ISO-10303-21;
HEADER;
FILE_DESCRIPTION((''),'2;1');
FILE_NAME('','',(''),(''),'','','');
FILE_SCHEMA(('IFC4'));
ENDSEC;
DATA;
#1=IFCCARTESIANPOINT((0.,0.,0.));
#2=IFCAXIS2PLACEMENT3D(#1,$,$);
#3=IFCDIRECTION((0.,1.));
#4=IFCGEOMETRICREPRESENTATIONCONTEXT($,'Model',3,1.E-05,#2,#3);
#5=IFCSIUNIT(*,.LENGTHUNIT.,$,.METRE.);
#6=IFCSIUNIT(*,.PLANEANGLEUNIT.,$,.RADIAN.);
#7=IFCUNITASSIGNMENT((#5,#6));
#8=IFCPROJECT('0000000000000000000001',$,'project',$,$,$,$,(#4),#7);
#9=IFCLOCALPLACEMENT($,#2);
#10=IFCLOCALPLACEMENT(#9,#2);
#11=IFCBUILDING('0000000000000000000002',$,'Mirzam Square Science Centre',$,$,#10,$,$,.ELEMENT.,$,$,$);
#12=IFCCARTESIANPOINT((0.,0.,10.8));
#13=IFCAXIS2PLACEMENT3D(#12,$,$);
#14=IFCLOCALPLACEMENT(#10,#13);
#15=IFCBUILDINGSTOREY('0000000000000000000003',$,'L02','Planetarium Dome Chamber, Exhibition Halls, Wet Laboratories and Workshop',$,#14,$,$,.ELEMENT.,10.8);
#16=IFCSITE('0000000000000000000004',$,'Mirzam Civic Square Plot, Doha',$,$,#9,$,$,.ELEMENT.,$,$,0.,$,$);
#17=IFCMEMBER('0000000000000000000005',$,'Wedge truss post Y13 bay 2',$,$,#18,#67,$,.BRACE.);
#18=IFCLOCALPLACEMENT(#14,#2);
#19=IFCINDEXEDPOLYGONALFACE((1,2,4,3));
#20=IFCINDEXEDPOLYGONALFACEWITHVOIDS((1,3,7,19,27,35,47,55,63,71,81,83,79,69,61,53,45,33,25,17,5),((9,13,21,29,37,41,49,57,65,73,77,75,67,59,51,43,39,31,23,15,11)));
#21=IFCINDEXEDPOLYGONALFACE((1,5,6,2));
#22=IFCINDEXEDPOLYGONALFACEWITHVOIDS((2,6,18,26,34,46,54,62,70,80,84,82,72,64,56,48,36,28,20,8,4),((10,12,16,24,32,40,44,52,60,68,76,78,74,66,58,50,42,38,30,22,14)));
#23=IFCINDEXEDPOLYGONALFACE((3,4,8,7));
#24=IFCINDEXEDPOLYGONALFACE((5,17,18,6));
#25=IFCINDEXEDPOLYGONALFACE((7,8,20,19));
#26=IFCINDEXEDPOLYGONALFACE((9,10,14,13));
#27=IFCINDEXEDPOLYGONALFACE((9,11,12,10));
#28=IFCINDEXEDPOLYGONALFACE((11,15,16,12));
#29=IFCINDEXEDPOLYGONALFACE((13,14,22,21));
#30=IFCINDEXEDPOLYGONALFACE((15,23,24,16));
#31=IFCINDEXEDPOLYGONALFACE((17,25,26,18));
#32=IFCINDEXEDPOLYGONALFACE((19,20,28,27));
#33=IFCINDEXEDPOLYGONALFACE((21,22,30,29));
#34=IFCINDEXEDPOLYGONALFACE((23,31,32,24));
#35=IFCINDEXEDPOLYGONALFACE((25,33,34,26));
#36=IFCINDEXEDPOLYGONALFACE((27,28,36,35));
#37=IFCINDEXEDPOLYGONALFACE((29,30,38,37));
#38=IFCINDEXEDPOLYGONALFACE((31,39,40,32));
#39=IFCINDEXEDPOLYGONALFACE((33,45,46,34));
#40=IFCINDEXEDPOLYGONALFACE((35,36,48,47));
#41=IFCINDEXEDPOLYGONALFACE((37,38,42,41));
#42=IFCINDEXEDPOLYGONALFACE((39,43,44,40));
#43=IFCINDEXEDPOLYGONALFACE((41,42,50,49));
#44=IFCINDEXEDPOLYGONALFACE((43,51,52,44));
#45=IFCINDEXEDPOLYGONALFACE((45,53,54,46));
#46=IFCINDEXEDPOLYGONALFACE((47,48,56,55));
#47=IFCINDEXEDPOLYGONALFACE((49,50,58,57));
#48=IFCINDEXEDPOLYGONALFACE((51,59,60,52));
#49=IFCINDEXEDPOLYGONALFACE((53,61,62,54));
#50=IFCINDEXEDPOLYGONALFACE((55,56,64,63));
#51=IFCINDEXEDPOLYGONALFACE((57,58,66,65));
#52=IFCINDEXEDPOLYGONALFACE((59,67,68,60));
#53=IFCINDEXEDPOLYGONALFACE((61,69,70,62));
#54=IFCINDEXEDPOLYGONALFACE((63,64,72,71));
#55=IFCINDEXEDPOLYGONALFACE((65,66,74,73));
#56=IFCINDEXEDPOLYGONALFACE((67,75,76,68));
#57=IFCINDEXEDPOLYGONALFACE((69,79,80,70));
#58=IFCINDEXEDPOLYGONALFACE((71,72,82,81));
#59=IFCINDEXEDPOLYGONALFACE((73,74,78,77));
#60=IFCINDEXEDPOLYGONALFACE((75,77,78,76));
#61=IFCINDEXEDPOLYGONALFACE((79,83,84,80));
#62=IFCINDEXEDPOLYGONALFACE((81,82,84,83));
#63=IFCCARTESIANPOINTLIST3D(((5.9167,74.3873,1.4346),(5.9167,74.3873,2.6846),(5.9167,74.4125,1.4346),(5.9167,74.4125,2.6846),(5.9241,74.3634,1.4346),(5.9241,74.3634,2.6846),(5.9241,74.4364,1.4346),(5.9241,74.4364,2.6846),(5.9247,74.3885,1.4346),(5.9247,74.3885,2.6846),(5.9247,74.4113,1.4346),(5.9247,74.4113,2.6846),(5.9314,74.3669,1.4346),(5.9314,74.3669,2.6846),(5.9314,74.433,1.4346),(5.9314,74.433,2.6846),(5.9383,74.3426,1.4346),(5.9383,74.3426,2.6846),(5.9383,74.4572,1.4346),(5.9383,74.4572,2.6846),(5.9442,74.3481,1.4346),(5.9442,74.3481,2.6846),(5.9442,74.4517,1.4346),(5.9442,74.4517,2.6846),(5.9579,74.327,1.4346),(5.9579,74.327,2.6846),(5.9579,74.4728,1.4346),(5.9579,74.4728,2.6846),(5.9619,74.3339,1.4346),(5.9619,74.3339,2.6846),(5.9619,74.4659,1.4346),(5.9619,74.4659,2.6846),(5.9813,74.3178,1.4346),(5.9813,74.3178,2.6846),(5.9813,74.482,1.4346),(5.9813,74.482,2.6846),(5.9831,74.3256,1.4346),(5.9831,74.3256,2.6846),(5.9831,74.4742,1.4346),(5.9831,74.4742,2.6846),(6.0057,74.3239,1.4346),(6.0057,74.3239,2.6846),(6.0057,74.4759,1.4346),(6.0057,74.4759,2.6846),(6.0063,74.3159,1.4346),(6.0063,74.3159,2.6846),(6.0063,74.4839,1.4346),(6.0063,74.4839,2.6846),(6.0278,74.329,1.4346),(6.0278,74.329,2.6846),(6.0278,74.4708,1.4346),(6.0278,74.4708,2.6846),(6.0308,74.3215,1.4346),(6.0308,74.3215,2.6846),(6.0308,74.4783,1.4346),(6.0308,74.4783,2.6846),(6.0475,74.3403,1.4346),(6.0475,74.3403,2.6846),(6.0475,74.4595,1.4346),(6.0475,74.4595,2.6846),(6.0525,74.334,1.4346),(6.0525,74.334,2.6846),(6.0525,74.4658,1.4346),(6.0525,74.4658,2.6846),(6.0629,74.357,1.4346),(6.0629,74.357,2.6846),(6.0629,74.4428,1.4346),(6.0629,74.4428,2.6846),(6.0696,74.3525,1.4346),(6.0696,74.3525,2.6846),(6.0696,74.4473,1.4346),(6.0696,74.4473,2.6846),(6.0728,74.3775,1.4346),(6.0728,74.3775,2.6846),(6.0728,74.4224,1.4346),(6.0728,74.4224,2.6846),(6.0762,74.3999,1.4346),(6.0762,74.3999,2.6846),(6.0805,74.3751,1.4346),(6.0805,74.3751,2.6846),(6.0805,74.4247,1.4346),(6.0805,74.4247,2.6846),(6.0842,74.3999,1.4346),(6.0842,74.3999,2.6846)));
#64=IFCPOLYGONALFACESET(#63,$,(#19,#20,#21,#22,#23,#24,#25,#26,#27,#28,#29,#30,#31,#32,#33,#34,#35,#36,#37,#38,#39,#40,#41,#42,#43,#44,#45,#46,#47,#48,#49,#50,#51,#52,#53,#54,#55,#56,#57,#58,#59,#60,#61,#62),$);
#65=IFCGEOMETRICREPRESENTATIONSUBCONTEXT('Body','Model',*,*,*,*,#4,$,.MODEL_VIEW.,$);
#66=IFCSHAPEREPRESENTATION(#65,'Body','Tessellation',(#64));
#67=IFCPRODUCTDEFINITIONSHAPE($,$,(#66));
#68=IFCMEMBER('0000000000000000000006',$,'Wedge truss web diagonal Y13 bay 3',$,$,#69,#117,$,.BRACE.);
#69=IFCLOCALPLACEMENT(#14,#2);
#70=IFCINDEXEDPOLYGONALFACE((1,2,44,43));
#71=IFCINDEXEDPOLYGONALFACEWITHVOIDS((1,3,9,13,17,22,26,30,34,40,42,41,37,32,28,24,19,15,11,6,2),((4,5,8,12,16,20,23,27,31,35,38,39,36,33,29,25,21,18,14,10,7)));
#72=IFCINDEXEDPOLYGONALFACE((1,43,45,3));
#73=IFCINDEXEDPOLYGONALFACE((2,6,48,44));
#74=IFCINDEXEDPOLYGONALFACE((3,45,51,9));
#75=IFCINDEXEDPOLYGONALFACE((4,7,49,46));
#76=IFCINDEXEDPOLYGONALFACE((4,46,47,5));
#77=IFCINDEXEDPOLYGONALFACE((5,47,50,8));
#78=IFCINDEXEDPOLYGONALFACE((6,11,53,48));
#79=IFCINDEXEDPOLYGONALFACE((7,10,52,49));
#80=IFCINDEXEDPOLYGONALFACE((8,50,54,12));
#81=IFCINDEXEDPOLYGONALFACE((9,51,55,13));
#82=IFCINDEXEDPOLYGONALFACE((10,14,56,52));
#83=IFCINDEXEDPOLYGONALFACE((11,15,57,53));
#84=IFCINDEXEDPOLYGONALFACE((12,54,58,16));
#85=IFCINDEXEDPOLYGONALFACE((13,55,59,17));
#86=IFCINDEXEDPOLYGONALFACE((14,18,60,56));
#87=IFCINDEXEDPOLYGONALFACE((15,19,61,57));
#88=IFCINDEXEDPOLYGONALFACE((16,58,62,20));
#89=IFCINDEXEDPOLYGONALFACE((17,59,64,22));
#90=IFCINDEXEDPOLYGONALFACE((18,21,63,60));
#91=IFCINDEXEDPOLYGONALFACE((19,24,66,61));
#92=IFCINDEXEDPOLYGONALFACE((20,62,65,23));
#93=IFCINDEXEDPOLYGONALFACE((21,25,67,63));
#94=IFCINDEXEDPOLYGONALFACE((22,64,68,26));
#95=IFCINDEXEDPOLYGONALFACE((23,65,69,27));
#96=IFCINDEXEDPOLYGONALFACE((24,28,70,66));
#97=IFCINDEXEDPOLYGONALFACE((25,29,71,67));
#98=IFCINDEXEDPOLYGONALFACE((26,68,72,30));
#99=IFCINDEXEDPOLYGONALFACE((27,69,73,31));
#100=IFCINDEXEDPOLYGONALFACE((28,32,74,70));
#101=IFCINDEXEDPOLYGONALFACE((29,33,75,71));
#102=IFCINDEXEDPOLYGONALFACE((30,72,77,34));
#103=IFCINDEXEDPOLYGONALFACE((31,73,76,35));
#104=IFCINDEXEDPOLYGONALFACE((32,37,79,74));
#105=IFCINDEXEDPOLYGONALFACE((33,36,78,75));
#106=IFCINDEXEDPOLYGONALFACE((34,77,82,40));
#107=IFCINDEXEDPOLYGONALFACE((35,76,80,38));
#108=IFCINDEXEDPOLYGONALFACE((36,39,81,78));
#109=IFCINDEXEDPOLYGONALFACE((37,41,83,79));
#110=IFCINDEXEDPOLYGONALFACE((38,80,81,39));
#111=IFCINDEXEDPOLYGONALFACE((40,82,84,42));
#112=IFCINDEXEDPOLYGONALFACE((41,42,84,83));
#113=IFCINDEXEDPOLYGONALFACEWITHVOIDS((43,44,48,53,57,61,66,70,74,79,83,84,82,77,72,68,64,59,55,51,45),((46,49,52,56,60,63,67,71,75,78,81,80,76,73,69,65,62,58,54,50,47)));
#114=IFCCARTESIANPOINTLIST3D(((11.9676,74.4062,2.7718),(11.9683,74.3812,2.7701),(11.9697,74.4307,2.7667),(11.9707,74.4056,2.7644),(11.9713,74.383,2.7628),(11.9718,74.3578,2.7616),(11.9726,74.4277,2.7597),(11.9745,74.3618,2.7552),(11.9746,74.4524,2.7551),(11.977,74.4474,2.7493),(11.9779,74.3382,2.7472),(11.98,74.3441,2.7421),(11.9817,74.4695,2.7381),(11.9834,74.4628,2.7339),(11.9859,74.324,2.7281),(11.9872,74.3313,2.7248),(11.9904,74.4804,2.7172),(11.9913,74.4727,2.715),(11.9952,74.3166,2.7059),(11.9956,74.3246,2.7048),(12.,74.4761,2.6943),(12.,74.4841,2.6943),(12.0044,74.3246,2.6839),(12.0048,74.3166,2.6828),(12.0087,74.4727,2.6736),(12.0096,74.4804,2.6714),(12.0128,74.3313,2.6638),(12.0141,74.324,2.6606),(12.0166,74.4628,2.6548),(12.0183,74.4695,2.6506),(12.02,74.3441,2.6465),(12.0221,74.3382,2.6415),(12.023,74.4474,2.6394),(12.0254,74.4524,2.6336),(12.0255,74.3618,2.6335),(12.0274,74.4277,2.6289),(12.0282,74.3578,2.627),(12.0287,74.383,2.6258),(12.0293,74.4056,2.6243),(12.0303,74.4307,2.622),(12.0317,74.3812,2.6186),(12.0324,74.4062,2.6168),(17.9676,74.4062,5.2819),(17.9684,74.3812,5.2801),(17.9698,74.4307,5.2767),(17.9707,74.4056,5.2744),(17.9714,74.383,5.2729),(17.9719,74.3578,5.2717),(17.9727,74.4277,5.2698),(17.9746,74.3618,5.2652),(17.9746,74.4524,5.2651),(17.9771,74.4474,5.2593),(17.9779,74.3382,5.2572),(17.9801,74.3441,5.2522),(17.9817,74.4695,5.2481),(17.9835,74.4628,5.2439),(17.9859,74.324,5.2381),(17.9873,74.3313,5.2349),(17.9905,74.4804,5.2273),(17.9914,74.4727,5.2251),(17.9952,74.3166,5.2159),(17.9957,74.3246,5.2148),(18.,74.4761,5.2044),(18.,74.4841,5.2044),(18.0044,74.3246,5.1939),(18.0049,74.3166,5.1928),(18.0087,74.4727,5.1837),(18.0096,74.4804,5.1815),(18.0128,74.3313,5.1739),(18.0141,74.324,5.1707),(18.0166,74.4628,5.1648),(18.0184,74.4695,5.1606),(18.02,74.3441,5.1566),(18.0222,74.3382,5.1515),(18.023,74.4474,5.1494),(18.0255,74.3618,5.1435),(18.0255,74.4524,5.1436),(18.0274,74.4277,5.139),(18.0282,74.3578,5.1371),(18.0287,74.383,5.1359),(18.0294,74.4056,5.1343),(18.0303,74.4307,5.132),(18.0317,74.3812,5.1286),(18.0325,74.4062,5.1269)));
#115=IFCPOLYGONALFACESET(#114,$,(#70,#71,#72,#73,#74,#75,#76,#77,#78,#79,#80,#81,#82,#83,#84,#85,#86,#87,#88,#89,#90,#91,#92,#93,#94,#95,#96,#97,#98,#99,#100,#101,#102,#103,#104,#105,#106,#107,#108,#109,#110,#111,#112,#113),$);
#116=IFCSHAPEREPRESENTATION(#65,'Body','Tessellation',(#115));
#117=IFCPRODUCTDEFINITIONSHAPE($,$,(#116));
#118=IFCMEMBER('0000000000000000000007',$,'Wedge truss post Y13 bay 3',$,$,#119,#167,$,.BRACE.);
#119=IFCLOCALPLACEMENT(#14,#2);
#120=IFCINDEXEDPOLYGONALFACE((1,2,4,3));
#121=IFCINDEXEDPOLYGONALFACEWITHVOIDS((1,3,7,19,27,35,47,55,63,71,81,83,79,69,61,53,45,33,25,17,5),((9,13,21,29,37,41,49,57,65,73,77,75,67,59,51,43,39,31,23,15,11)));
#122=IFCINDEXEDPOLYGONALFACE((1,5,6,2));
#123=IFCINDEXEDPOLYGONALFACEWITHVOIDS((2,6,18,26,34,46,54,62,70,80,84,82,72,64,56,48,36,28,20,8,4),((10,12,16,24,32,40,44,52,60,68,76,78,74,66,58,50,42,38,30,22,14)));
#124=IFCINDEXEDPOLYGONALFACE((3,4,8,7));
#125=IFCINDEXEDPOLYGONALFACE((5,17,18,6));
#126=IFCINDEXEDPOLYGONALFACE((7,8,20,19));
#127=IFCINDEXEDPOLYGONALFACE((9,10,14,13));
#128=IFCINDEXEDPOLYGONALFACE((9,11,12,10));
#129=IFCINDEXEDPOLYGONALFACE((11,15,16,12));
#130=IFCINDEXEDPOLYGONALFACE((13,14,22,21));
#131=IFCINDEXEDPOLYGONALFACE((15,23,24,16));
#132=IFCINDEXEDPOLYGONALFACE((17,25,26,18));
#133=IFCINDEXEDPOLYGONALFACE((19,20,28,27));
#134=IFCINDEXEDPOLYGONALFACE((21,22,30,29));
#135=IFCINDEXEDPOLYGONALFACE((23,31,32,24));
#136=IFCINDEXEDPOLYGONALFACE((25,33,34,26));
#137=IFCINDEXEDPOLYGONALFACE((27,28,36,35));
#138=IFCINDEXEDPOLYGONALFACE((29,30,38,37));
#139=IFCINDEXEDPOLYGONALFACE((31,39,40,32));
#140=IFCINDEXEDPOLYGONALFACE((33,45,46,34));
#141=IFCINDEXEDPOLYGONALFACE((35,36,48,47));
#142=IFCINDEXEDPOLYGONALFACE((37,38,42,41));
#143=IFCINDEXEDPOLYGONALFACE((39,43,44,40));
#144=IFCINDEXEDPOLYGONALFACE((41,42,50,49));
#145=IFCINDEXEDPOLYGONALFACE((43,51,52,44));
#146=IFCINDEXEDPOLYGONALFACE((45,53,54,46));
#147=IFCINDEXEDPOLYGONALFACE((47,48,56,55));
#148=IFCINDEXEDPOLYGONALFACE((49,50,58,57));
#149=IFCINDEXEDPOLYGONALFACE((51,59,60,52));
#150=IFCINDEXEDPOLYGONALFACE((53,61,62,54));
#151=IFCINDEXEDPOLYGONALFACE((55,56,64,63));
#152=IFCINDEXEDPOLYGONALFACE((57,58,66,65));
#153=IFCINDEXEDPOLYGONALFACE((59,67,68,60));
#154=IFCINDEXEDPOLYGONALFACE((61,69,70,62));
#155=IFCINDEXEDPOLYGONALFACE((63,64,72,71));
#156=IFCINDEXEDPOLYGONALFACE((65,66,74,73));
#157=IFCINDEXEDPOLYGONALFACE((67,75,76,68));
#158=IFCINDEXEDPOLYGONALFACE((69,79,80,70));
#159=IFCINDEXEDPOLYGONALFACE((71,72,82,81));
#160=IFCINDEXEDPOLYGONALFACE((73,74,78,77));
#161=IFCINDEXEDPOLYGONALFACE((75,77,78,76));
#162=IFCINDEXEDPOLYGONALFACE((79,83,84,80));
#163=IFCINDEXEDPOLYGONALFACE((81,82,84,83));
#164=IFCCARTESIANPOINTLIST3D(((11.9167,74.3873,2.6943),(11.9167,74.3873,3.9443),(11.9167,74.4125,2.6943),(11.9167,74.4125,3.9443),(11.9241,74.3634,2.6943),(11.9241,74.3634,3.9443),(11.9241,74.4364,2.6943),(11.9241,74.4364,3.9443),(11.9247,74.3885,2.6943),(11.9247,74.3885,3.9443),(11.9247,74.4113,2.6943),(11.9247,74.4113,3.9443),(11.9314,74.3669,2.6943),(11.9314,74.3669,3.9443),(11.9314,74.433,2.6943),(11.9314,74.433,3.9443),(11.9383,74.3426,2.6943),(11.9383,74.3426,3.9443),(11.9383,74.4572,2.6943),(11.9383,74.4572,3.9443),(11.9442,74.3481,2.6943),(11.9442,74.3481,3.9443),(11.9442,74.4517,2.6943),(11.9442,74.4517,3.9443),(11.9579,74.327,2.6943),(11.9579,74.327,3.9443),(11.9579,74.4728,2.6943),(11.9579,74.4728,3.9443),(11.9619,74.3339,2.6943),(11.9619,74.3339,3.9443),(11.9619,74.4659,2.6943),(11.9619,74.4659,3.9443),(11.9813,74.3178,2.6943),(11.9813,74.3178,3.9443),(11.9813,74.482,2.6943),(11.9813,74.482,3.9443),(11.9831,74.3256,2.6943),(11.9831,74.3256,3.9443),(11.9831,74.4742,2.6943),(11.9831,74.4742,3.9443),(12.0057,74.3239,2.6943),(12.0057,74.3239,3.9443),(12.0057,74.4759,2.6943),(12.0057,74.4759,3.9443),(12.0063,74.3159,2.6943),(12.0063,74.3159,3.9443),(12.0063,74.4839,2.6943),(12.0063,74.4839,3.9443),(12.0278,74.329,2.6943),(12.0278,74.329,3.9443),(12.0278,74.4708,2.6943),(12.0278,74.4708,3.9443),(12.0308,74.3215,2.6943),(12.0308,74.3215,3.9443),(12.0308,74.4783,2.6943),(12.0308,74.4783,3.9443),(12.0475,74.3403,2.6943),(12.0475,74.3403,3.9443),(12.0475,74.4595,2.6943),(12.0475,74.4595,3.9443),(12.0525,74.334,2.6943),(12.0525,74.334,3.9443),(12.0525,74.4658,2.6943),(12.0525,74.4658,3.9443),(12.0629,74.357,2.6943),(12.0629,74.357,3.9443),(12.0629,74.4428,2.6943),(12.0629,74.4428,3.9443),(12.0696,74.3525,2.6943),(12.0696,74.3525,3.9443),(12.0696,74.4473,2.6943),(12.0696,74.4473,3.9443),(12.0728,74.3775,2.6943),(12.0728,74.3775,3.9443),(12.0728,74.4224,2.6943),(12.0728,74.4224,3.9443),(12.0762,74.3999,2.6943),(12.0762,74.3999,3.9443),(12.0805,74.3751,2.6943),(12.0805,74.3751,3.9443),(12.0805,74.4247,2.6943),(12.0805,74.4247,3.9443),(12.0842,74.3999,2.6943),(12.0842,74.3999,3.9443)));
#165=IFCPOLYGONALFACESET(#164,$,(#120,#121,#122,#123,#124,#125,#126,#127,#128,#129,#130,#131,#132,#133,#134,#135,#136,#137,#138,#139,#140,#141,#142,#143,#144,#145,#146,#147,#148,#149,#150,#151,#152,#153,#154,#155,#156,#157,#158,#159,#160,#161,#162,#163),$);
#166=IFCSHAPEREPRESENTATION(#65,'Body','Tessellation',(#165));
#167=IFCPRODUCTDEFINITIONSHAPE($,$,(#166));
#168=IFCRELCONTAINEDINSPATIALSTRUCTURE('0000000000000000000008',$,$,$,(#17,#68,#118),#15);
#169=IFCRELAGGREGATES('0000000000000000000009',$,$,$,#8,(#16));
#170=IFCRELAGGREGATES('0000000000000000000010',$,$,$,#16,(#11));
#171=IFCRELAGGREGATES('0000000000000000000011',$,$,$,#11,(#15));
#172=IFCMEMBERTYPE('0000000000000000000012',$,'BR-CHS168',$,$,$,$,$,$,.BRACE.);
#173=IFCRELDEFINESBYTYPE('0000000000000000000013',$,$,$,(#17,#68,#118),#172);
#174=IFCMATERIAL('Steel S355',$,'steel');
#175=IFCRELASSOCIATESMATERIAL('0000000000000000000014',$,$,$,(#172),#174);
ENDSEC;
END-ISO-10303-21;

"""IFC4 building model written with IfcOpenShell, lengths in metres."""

from ifc_helpers import new_model, si_unit, direction, frame, origin, origin_2d, place, context, subcontext, project, spatial, hollow_circle, extrude, material, material_profile, profile_set, type_object, element, save


model = new_model("IFC4")

# Units and contexts
model_context = context("Model", 3, precision=1e-05, world=origin(), true_north=direction((0.0, 1.0)))
body_context = subcontext(model_context, "Body", "Model", "MODEL_VIEW")
ifc_project = project(units=[si_unit("LENGTHUNIT", "METRE"), si_unit("PLANEANGLEUNIT", "RADIAN")], contexts=[model_context])

# Site, building, storey
site_placement = place(None, origin())
site = spatial("IfcSite", under=ifc_project, at=site_placement, Name="Mirzam Civic Square Plot, Doha", CompositionType="ELEMENT", RefElevation=0.0)
building_placement = place(site_placement, origin())
building = spatial("IfcBuilding", under=site, at=building_placement, Name="Mirzam Square Science Centre", CompositionType="ELEMENT")
storey_placement = place(building_placement, frame((0.0, 0.0, 10.8)))
storey = spatial("IfcBuildingStorey", under=building, at=storey_placement, Name="L02", Description="Planetarium Dome Chamber, Exhibition Halls, Wet Laboratories and Workshop", CompositionType="ELEMENT", Elevation=10.8)

# Members
ifc_material = material(Name="Steel S355", Category="steel")
ifc_material_profile_1 = material_profile(ifc_material, hollow_circle(Radius=0.0842, WallThickness=0.0081, at=origin_2d()), Name="168.3x8.0CHS")
ifc_profile_set_1 = profile_set([ifc_material_profile_1], Name="Steel S355")
member_type_1 = type_object("IfcMemberType", Name="BR-CHS168", PredefinedType="BRACE", material=ifc_profile_set_1)
member_1_placement = place(storey_placement, frame((6.0, 74.3999, 1.4346), z_axis=(0.0, 0.0, 1.0), x_axis=(1.0, 0.0, 0.0)))
element("IfcMember", 1, at=member_1_placement, inside=storey, type_object=member_type_1, Name="Wedge truss post Y13 bay 2", PredefinedType="BRACE", context=body_context, shape_type="SweptSolid", body=[
    extrude(hollow_circle(Radius=0.0842, WallThickness=0.0081, at=origin_2d()), origin(), (0.0, 0.0, 1.0), 1.25),
])
member_2_placement = place(storey_placement, frame((12.0, 74.3999, 2.6943), z_axis=(0.92253, 0.0, 0.385926), x_axis=(0.0, 1.0, 0.0)))
element("IfcMember", 2, at=member_2_placement, inside=storey, type_object=member_type_1, Name="Wedge truss web diagonal Y13 bay 3", PredefinedType="BRACE", context=body_context, shape_type="SweptSolid", body=[
    extrude(hollow_circle(Radius=0.0842, WallThickness=0.0081, at=origin_2d()), origin(), (0.0, 0.0, 1.0), 6.5039),
])
member_3_placement = place(storey_placement, frame((12.0, 74.3999, 2.6943), z_axis=(0.0, 0.0, 1.0), x_axis=(1.0, 0.0, 0.0)))
element("IfcMember", 3, at=member_3_placement, inside=storey, type_object=member_type_1, Name="Wedge truss post Y13 bay 3", PredefinedType="BRACE", context=body_context, shape_type="SweptSolid", body=[
    extrude(hollow_circle(Radius=0.0842, WallThickness=0.0081, at=origin_2d()), origin(), (0.0, 0.0, 1.0), 1.25),
])

save(model, "model.ifc")
